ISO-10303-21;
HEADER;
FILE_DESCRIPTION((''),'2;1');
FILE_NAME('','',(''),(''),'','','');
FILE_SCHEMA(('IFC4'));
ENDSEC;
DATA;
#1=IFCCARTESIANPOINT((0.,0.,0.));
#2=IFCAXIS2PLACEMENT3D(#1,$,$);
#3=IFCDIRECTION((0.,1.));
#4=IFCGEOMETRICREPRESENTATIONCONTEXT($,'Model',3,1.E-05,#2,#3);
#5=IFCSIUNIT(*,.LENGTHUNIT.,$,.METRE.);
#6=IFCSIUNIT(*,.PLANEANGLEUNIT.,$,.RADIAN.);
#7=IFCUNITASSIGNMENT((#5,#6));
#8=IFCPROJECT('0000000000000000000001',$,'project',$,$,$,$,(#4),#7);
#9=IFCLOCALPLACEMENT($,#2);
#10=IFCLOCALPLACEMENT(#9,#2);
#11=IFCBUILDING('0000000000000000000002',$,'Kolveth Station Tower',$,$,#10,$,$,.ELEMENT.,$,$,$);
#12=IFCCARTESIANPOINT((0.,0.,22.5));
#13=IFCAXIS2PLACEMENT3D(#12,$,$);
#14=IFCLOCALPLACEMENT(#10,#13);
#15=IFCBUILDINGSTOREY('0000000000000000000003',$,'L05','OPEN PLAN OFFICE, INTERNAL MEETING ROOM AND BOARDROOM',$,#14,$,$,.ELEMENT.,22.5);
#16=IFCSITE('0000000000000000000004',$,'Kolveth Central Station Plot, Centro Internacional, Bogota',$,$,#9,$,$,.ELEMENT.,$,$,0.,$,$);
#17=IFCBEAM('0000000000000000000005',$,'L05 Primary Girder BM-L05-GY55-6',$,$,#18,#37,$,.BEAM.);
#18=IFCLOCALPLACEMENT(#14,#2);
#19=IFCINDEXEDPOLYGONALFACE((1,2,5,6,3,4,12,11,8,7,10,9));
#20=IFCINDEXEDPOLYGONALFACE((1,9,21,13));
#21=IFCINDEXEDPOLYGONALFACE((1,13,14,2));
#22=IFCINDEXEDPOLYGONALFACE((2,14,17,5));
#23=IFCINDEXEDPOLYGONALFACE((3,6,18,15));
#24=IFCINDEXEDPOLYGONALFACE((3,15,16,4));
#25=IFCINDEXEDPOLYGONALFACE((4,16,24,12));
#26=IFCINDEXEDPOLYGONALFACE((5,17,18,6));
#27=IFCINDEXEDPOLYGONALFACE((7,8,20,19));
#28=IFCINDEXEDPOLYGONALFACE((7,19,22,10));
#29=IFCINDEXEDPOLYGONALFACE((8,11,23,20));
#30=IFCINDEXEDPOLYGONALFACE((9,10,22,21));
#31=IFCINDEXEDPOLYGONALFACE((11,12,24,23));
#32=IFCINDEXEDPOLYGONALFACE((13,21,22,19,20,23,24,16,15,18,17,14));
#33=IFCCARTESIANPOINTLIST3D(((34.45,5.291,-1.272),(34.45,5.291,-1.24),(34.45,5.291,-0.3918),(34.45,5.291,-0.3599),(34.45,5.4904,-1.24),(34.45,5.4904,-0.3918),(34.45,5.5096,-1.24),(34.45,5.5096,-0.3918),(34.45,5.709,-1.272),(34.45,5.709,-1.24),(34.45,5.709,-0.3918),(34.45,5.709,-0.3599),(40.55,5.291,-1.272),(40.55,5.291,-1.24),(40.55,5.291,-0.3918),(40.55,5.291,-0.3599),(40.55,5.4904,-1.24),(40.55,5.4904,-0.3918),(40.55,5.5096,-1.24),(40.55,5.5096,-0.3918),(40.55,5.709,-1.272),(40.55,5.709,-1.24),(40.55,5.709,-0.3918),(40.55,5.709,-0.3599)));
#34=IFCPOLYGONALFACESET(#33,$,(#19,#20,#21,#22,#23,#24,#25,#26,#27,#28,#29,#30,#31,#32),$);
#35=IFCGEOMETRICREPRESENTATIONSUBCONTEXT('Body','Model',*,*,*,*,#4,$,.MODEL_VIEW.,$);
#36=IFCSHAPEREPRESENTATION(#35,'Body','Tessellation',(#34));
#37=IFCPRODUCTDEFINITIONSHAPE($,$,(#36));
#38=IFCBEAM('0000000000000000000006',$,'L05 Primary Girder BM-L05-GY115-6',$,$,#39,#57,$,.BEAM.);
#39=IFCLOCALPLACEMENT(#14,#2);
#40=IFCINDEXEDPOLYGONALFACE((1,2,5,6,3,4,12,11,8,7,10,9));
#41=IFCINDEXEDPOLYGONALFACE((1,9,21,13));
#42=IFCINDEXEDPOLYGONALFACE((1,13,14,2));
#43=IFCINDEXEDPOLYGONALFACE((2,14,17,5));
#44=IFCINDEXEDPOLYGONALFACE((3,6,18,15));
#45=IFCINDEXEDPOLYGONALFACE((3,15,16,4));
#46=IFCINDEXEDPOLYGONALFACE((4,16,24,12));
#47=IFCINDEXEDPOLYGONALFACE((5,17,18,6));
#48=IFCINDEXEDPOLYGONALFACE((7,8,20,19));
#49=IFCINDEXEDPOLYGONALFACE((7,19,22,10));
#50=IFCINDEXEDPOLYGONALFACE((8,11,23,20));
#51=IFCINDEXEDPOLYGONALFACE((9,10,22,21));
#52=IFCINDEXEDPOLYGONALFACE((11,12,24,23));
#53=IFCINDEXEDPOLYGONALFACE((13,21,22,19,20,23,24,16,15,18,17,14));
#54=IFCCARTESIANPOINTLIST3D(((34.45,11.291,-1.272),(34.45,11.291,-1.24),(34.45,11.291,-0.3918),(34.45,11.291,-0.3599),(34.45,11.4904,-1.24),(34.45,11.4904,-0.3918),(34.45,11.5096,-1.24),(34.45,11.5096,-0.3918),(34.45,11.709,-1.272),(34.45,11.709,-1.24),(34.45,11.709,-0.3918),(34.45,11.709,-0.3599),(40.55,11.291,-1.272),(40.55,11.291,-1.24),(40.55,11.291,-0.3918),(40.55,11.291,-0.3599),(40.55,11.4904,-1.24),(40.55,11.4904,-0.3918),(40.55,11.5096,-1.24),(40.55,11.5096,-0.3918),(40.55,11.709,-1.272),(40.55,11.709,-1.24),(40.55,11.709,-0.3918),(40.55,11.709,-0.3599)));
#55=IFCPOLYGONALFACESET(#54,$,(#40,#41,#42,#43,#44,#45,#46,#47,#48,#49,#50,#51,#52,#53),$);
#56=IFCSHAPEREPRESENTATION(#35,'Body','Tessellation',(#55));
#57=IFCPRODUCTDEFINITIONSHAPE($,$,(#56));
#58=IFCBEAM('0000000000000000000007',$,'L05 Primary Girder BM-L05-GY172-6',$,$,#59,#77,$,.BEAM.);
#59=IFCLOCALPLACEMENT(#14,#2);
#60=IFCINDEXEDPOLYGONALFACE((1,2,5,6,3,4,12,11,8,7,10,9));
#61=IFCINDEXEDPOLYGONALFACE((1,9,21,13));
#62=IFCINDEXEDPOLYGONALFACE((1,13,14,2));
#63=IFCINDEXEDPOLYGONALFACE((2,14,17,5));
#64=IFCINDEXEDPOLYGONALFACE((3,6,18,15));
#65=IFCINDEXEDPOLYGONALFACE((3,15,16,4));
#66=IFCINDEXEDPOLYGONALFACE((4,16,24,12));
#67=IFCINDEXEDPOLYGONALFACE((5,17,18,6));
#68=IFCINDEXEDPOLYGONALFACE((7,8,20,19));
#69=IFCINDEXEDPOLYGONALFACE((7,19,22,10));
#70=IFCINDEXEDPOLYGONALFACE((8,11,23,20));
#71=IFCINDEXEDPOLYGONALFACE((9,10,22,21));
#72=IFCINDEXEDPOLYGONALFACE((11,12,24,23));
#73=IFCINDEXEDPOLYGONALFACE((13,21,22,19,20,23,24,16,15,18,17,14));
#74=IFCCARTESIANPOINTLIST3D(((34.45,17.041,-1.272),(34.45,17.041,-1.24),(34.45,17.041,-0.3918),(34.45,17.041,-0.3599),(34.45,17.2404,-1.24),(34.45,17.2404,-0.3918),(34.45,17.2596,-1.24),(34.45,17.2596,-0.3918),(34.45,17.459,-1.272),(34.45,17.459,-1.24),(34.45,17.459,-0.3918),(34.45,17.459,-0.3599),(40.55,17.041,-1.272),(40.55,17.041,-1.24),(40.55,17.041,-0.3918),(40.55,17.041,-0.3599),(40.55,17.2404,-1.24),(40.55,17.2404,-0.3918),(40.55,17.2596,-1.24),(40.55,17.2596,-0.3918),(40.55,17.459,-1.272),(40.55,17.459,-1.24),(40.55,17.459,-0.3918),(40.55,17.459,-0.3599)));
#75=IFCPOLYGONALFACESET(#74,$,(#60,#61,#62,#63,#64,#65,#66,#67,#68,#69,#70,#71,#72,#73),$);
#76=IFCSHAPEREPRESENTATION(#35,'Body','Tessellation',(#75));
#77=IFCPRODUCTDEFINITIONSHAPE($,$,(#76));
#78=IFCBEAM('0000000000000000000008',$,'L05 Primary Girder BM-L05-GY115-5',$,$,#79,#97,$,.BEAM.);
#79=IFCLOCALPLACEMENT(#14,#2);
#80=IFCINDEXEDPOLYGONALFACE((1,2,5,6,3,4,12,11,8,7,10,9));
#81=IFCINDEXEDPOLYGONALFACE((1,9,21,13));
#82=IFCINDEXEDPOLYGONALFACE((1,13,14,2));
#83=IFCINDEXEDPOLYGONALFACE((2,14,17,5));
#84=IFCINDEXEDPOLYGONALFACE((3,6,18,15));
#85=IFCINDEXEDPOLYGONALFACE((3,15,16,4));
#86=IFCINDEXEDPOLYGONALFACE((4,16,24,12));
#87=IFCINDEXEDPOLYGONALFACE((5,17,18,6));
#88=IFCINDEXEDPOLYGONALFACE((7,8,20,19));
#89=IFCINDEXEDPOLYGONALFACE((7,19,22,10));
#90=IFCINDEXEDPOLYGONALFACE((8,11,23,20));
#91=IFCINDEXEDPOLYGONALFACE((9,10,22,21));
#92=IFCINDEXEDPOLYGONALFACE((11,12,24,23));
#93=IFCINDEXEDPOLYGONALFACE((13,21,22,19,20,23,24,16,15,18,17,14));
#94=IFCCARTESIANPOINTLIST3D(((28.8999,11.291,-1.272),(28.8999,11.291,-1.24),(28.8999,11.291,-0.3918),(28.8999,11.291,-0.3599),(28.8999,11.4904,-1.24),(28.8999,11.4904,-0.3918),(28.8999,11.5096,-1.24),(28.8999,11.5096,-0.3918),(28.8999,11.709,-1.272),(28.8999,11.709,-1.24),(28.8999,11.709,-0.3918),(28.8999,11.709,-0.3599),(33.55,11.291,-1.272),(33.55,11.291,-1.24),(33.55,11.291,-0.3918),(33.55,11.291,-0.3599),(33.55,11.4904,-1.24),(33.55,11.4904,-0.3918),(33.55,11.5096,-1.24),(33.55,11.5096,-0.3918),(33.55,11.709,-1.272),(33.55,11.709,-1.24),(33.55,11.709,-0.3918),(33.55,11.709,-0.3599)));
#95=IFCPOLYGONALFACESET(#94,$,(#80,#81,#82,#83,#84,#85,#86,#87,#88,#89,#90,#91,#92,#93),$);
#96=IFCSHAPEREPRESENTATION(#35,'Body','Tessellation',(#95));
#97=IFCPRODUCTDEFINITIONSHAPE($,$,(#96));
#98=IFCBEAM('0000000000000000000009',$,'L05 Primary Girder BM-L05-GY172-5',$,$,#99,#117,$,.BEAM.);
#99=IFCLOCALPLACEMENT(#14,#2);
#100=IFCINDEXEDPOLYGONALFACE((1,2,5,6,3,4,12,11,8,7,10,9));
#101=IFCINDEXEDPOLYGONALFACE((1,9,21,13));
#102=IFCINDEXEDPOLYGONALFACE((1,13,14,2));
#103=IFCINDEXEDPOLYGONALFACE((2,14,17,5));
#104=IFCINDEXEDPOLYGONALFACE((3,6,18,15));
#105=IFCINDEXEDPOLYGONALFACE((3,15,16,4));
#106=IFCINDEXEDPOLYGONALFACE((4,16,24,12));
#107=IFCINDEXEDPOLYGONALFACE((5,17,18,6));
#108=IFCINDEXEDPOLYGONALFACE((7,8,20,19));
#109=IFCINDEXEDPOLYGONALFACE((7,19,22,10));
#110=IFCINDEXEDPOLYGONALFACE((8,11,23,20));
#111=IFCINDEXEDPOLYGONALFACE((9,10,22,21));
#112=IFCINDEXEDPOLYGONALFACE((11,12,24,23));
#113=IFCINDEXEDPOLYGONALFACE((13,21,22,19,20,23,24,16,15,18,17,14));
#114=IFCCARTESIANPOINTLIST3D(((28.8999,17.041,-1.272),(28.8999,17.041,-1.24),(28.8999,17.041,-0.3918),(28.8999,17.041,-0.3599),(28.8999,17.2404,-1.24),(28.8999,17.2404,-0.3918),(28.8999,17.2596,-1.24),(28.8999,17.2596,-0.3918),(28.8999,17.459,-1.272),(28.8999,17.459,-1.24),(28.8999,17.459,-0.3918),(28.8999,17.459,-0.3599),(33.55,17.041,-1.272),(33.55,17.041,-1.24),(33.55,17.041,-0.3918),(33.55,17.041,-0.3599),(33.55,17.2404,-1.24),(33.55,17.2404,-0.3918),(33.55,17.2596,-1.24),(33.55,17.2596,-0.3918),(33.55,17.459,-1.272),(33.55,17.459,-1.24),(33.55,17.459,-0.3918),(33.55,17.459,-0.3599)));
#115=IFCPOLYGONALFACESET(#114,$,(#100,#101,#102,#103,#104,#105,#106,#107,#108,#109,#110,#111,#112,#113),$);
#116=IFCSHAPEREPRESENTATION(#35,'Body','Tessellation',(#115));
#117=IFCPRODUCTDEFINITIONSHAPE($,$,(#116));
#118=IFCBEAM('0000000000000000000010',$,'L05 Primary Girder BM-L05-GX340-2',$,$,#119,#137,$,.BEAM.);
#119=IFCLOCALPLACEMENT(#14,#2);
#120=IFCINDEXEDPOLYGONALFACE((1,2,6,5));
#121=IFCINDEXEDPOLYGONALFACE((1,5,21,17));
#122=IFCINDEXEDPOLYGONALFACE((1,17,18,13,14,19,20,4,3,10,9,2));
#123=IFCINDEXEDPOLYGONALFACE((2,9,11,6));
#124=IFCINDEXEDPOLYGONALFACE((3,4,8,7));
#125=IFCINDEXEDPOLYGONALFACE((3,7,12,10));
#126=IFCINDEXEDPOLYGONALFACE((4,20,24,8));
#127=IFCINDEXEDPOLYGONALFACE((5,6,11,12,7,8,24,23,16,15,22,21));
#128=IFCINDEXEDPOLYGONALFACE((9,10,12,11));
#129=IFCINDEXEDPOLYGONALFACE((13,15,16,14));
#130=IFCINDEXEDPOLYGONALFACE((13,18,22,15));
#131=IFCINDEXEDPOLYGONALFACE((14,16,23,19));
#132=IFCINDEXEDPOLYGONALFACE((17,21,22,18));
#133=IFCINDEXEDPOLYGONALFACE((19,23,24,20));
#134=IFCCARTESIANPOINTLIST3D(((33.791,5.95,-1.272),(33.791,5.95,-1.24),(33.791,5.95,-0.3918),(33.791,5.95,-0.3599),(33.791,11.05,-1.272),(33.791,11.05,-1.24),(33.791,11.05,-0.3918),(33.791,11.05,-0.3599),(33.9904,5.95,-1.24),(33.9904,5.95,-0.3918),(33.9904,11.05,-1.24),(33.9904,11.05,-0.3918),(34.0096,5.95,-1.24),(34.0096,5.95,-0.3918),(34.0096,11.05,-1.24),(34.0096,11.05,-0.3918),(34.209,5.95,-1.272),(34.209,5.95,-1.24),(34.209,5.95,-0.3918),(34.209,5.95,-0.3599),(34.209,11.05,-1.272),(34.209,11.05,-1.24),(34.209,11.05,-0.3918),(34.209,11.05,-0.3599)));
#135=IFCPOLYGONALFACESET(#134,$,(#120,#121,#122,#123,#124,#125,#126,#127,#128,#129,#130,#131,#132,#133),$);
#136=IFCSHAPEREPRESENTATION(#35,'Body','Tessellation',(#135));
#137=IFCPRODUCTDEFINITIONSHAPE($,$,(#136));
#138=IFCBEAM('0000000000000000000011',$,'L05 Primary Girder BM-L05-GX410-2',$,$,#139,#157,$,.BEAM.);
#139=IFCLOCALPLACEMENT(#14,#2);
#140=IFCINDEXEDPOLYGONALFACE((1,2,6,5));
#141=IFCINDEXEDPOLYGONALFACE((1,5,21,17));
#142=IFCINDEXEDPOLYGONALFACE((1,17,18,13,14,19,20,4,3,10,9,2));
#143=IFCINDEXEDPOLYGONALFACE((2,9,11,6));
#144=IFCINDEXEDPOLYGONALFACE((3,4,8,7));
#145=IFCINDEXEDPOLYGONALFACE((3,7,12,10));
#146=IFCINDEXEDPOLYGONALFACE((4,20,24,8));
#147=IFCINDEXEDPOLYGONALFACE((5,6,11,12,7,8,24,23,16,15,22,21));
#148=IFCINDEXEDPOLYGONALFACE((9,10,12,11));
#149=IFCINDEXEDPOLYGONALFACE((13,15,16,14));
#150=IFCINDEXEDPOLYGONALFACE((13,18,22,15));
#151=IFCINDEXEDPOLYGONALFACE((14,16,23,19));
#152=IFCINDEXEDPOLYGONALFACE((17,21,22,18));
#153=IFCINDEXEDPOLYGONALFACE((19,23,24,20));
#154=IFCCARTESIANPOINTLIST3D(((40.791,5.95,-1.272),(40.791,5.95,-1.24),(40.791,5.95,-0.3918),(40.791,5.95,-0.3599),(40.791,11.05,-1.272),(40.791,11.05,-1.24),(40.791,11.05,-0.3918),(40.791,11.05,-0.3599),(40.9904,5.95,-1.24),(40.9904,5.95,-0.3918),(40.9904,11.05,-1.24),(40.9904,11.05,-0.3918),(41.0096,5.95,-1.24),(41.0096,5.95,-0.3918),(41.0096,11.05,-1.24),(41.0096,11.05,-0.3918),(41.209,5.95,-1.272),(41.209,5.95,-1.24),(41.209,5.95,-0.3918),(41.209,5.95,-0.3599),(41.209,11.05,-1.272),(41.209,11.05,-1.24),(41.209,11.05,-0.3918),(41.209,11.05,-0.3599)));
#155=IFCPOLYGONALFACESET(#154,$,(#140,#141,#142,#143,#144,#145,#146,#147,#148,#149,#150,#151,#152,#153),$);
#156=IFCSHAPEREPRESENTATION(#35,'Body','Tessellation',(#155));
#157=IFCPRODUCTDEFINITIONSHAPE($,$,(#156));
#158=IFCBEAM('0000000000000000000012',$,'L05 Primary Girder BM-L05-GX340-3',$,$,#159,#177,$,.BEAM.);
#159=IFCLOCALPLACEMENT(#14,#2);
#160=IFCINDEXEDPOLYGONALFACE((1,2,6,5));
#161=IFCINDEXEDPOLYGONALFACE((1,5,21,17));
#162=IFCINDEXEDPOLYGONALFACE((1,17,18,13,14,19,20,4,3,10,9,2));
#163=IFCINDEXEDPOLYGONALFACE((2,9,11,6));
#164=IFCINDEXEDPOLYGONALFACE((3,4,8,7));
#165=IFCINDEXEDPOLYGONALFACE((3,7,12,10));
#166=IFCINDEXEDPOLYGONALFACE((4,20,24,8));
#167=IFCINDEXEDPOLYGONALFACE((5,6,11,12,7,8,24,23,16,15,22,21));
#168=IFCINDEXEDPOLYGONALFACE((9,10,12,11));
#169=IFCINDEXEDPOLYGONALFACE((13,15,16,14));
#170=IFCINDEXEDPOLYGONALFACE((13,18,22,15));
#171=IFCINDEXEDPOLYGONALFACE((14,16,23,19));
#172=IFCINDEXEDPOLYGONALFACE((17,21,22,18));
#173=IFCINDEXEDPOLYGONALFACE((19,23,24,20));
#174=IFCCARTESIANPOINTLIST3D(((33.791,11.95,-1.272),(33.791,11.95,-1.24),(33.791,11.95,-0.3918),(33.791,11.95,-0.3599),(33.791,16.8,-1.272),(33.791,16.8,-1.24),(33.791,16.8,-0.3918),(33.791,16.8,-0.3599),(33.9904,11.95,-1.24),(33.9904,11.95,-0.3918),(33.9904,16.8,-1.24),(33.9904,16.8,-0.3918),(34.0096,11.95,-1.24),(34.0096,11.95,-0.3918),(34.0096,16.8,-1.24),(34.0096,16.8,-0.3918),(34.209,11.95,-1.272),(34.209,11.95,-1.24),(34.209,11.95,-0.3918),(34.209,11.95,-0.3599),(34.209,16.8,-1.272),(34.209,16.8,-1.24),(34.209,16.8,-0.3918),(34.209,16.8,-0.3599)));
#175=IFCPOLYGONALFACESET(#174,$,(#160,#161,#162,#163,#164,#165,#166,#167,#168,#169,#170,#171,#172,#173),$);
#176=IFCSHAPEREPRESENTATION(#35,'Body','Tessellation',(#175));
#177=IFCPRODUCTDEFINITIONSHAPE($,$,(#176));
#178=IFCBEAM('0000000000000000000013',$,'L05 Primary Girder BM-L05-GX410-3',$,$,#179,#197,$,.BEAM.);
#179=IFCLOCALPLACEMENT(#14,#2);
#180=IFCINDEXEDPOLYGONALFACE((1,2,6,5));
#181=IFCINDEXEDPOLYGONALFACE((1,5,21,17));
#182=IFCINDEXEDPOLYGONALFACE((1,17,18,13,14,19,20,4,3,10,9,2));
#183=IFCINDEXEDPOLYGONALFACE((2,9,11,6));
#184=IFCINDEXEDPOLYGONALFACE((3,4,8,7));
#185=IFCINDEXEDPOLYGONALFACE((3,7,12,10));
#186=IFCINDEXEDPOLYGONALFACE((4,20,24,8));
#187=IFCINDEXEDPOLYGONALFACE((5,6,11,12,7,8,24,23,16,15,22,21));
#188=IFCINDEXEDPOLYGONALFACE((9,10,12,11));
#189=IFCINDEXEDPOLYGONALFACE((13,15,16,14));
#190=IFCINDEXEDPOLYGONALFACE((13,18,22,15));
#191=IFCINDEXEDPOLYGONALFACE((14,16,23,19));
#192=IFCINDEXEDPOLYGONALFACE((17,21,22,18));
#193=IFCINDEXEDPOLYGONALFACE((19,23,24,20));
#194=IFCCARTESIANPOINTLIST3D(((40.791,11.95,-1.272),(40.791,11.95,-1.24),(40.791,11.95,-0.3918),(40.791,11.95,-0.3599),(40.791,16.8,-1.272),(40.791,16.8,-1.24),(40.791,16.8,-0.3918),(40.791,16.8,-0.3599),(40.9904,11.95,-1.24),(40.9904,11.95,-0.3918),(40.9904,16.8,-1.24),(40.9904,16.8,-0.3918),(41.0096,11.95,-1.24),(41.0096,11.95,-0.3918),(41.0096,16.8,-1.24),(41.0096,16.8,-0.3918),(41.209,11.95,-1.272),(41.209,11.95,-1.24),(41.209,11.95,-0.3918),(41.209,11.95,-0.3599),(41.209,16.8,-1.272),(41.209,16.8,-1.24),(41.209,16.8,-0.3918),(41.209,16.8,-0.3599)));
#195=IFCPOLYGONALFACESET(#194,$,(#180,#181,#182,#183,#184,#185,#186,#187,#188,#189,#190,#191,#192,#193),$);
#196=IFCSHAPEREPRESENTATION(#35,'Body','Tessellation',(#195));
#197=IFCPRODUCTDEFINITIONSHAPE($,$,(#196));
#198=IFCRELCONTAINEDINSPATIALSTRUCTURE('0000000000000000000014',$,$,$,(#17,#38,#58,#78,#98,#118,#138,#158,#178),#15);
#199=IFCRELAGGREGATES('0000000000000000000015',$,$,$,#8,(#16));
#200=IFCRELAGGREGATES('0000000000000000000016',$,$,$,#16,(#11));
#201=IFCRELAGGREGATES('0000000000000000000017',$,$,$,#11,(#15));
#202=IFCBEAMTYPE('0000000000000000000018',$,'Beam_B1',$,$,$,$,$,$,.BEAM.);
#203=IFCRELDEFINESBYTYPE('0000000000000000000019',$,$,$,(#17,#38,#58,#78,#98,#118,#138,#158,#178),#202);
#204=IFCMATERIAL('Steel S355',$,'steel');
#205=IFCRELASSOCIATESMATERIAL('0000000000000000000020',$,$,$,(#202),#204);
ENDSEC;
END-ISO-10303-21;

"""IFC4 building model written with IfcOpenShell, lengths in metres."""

from ifc_helpers import new_model, si_unit, direction, frame, origin, origin_2d, place, context, subcontext, project, spatial, i_section, extrude, source, transform, mapped, material, material_profile, profile_set, type_object, element, save


model = new_model("IFC4")

# Units and contexts
model_context = context("Model", 3, precision=1e-05, world=origin(), true_north=direction((0.0, 1.0)))
body_context = subcontext(model_context, "Body", "Model", "MODEL_VIEW")
ifc_project = project(units=[si_unit("LENGTHUNIT", "METRE"), si_unit("PLANEANGLEUNIT", "RADIAN")], contexts=[model_context])

# Site, building, storey
site_placement = place(None, origin())
site = spatial("IfcSite", under=ifc_project, at=site_placement, Name="Kolveth Central Station Plot, Centro Internacional, Bogota", CompositionType="ELEMENT", RefElevation=0.0)
building_placement = place(site_placement, origin())
building = spatial("IfcBuilding", under=site, at=building_placement, Name="Kolveth Station Tower", CompositionType="ELEMENT")
storey_placement = place(building_placement, frame((0.0, 0.0, 22.5)))
storey = spatial("IfcBuildingStorey", under=building, at=storey_placement, Name="L05", Description="OPEN PLAN OFFICE, INTERNAL MEETING ROOM AND BOARDROOM", CompositionType="ELEMENT", Elevation=22.5)

# Beams
ifc_material_1 = material(Name="Steel S355", Category="steel")
ifc_material_profile_1 = material_profile(ifc_material_1, i_section(OverallWidth=0.418, OverallDepth=0.9121, WebThickness=0.0193, FlangeThickness=0.032, at=origin_2d()), Name="W920x342")
ifc_profile_set_1 = profile_set([ifc_material_profile_1], Name="Steel S355")
beam_type_1 = type_object("IfcBeamType", Name="Beam_B1", PredefinedType="BEAM", material=ifc_profile_set_1)
shared_shape_1 = source(origin(), body_context, "Body", "SweptSolid", [
    extrude(i_section(OverallWidth=0.418, OverallDepth=0.9121, WebThickness=0.0193, FlangeThickness=0.032, at=origin_2d()), origin(), (0.0, 0.0, 1.0), 6.1001),
])
for number, where, z_axis, x_axis, name in (
    (1, (34.45, 5.5, -0.8159), (1.0, 0.0, 0.0), (0.0, 1.0, 0.0), "L05 Primary Girder BM-L05-GY55-6"),
    (2, (34.45, 11.5, -0.8159), (1.0, 0.0, 0.0), (0.0, 1.0, 0.0), "L05 Primary Girder BM-L05-GY115-6"),
    (3, (34.45, 17.25, -0.8159), (1.0, 0.0, 0.0), (0.0, 1.0, 0.0), "L05 Primary Girder BM-L05-GY172-6"),
):
    element("IfcBeam", number, at=place(storey_placement, frame(where, z_axis=z_axis, x_axis=x_axis)), inside=storey, type_object=beam_type_1, Name=name, PredefinedType="BEAM", context=body_context, shape_type="MappedRepresentation", body=[
        mapped(shared_shape_1, transform((0.0, 0.0, 0.0), x_axis=(1.0, 0.0, 0.0), y_axis=(0.0, 1.0, 0.0), z_axis=(0.0, 0.0, 1.0), scale=1.0)),
    ])
shared_shape_2 = source(origin(), body_context, "Body", "SweptSolid", [
    extrude(i_section(OverallWidth=0.418, OverallDepth=0.9121, WebThickness=0.0193, FlangeThickness=0.032, at=origin_2d()), origin(), (0.0, 0.0, 1.0), 4.6501),
])
for number, where, z_axis, x_axis, name in (
    (4, (28.8999, 11.5, -0.8159), (1.0, 0.0, 0.0), (0.0, 1.0, 0.0), "L05 Primary Girder BM-L05-GY115-5"),
    (5, (28.8999, 17.25, -0.8159), (1.0, 0.0, 0.0), (0.0, 1.0, 0.0), "L05 Primary Girder BM-L05-GY172-5"),
):
    element("IfcBeam", number, at=place(storey_placement, frame(where, z_axis=z_axis, x_axis=x_axis)), inside=storey, type_object=beam_type_1, Name=name, PredefinedType="BEAM", context=body_context, shape_type="MappedRepresentation", body=[
        mapped(shared_shape_2, transform((0.0, 0.0, 0.0), x_axis=(1.0, 0.0, 0.0), y_axis=(0.0, 1.0, 0.0), z_axis=(0.0, 0.0, 1.0), scale=1.0)),
    ])
shared_shape_3 = source(origin(), body_context, "Body", "SweptSolid", [
    extrude(i_section(OverallWidth=0.418, OverallDepth=0.9121, WebThickness=0.0193, FlangeThickness=0.032, at=origin_2d()), origin(), (0.0, 0.0, 1.0), 5.1001),
])
for number, where, z_axis, x_axis, name in (
    (6, (34.0, 5.95, -0.8159), (0.0, 1.0, 0.0), (-1.0, 0.0, 0.0), "L05 Primary Girder BM-L05-GX340-2"),
    (7, (41.0, 5.95, -0.8159), (0.0, 1.0, 0.0), (-1.0, 0.0, 0.0), "L05 Primary Girder BM-L05-GX410-2"),
):
    element("IfcBeam", number, at=place(storey_placement, frame(where, z_axis=z_axis, x_axis=x_axis)), inside=storey, type_object=beam_type_1, Name=name, PredefinedType="BEAM", context=body_context, shape_type="MappedRepresentation", body=[
        mapped(shared_shape_3, transform((0.0, 0.0, 0.0), x_axis=(1.0, 0.0, 0.0), y_axis=(0.0, 1.0, 0.0), z_axis=(0.0, 0.0, 1.0), scale=1.0)),
    ])
shared_shape_4 = source(origin(), body_context, "Body", "SweptSolid", [
    extrude(i_section(OverallWidth=0.418, OverallDepth=0.9121, WebThickness=0.0193, FlangeThickness=0.032, at=origin_2d()), origin(), (0.0, 0.0, 1.0), 4.8501),
])
for number, where, z_axis, x_axis, name in (
    (8, (34.0, 11.95, -0.8159), (0.0, 1.0, 0.0), (-1.0, 0.0, 0.0), "L05 Primary Girder BM-L05-GX340-3"),
    (9, (41.0, 11.95, -0.8159), (0.0, 1.0, 0.0), (-1.0, 0.0, 0.0), "L05 Primary Girder BM-L05-GX410-3"),
):
    element("IfcBeam", number, at=place(storey_placement, frame(where, z_axis=z_axis, x_axis=x_axis)), inside=storey, type_object=beam_type_1, Name=name, PredefinedType="BEAM", context=body_context, shape_type="MappedRepresentation", body=[
        mapped(shared_shape_4, transform((0.0, 0.0, 0.0), x_axis=(1.0, 0.0, 0.0), y_axis=(0.0, 1.0, 0.0), z_axis=(0.0, 0.0, 1.0), scale=1.0)),
    ])

save(model, "model.ifc")
